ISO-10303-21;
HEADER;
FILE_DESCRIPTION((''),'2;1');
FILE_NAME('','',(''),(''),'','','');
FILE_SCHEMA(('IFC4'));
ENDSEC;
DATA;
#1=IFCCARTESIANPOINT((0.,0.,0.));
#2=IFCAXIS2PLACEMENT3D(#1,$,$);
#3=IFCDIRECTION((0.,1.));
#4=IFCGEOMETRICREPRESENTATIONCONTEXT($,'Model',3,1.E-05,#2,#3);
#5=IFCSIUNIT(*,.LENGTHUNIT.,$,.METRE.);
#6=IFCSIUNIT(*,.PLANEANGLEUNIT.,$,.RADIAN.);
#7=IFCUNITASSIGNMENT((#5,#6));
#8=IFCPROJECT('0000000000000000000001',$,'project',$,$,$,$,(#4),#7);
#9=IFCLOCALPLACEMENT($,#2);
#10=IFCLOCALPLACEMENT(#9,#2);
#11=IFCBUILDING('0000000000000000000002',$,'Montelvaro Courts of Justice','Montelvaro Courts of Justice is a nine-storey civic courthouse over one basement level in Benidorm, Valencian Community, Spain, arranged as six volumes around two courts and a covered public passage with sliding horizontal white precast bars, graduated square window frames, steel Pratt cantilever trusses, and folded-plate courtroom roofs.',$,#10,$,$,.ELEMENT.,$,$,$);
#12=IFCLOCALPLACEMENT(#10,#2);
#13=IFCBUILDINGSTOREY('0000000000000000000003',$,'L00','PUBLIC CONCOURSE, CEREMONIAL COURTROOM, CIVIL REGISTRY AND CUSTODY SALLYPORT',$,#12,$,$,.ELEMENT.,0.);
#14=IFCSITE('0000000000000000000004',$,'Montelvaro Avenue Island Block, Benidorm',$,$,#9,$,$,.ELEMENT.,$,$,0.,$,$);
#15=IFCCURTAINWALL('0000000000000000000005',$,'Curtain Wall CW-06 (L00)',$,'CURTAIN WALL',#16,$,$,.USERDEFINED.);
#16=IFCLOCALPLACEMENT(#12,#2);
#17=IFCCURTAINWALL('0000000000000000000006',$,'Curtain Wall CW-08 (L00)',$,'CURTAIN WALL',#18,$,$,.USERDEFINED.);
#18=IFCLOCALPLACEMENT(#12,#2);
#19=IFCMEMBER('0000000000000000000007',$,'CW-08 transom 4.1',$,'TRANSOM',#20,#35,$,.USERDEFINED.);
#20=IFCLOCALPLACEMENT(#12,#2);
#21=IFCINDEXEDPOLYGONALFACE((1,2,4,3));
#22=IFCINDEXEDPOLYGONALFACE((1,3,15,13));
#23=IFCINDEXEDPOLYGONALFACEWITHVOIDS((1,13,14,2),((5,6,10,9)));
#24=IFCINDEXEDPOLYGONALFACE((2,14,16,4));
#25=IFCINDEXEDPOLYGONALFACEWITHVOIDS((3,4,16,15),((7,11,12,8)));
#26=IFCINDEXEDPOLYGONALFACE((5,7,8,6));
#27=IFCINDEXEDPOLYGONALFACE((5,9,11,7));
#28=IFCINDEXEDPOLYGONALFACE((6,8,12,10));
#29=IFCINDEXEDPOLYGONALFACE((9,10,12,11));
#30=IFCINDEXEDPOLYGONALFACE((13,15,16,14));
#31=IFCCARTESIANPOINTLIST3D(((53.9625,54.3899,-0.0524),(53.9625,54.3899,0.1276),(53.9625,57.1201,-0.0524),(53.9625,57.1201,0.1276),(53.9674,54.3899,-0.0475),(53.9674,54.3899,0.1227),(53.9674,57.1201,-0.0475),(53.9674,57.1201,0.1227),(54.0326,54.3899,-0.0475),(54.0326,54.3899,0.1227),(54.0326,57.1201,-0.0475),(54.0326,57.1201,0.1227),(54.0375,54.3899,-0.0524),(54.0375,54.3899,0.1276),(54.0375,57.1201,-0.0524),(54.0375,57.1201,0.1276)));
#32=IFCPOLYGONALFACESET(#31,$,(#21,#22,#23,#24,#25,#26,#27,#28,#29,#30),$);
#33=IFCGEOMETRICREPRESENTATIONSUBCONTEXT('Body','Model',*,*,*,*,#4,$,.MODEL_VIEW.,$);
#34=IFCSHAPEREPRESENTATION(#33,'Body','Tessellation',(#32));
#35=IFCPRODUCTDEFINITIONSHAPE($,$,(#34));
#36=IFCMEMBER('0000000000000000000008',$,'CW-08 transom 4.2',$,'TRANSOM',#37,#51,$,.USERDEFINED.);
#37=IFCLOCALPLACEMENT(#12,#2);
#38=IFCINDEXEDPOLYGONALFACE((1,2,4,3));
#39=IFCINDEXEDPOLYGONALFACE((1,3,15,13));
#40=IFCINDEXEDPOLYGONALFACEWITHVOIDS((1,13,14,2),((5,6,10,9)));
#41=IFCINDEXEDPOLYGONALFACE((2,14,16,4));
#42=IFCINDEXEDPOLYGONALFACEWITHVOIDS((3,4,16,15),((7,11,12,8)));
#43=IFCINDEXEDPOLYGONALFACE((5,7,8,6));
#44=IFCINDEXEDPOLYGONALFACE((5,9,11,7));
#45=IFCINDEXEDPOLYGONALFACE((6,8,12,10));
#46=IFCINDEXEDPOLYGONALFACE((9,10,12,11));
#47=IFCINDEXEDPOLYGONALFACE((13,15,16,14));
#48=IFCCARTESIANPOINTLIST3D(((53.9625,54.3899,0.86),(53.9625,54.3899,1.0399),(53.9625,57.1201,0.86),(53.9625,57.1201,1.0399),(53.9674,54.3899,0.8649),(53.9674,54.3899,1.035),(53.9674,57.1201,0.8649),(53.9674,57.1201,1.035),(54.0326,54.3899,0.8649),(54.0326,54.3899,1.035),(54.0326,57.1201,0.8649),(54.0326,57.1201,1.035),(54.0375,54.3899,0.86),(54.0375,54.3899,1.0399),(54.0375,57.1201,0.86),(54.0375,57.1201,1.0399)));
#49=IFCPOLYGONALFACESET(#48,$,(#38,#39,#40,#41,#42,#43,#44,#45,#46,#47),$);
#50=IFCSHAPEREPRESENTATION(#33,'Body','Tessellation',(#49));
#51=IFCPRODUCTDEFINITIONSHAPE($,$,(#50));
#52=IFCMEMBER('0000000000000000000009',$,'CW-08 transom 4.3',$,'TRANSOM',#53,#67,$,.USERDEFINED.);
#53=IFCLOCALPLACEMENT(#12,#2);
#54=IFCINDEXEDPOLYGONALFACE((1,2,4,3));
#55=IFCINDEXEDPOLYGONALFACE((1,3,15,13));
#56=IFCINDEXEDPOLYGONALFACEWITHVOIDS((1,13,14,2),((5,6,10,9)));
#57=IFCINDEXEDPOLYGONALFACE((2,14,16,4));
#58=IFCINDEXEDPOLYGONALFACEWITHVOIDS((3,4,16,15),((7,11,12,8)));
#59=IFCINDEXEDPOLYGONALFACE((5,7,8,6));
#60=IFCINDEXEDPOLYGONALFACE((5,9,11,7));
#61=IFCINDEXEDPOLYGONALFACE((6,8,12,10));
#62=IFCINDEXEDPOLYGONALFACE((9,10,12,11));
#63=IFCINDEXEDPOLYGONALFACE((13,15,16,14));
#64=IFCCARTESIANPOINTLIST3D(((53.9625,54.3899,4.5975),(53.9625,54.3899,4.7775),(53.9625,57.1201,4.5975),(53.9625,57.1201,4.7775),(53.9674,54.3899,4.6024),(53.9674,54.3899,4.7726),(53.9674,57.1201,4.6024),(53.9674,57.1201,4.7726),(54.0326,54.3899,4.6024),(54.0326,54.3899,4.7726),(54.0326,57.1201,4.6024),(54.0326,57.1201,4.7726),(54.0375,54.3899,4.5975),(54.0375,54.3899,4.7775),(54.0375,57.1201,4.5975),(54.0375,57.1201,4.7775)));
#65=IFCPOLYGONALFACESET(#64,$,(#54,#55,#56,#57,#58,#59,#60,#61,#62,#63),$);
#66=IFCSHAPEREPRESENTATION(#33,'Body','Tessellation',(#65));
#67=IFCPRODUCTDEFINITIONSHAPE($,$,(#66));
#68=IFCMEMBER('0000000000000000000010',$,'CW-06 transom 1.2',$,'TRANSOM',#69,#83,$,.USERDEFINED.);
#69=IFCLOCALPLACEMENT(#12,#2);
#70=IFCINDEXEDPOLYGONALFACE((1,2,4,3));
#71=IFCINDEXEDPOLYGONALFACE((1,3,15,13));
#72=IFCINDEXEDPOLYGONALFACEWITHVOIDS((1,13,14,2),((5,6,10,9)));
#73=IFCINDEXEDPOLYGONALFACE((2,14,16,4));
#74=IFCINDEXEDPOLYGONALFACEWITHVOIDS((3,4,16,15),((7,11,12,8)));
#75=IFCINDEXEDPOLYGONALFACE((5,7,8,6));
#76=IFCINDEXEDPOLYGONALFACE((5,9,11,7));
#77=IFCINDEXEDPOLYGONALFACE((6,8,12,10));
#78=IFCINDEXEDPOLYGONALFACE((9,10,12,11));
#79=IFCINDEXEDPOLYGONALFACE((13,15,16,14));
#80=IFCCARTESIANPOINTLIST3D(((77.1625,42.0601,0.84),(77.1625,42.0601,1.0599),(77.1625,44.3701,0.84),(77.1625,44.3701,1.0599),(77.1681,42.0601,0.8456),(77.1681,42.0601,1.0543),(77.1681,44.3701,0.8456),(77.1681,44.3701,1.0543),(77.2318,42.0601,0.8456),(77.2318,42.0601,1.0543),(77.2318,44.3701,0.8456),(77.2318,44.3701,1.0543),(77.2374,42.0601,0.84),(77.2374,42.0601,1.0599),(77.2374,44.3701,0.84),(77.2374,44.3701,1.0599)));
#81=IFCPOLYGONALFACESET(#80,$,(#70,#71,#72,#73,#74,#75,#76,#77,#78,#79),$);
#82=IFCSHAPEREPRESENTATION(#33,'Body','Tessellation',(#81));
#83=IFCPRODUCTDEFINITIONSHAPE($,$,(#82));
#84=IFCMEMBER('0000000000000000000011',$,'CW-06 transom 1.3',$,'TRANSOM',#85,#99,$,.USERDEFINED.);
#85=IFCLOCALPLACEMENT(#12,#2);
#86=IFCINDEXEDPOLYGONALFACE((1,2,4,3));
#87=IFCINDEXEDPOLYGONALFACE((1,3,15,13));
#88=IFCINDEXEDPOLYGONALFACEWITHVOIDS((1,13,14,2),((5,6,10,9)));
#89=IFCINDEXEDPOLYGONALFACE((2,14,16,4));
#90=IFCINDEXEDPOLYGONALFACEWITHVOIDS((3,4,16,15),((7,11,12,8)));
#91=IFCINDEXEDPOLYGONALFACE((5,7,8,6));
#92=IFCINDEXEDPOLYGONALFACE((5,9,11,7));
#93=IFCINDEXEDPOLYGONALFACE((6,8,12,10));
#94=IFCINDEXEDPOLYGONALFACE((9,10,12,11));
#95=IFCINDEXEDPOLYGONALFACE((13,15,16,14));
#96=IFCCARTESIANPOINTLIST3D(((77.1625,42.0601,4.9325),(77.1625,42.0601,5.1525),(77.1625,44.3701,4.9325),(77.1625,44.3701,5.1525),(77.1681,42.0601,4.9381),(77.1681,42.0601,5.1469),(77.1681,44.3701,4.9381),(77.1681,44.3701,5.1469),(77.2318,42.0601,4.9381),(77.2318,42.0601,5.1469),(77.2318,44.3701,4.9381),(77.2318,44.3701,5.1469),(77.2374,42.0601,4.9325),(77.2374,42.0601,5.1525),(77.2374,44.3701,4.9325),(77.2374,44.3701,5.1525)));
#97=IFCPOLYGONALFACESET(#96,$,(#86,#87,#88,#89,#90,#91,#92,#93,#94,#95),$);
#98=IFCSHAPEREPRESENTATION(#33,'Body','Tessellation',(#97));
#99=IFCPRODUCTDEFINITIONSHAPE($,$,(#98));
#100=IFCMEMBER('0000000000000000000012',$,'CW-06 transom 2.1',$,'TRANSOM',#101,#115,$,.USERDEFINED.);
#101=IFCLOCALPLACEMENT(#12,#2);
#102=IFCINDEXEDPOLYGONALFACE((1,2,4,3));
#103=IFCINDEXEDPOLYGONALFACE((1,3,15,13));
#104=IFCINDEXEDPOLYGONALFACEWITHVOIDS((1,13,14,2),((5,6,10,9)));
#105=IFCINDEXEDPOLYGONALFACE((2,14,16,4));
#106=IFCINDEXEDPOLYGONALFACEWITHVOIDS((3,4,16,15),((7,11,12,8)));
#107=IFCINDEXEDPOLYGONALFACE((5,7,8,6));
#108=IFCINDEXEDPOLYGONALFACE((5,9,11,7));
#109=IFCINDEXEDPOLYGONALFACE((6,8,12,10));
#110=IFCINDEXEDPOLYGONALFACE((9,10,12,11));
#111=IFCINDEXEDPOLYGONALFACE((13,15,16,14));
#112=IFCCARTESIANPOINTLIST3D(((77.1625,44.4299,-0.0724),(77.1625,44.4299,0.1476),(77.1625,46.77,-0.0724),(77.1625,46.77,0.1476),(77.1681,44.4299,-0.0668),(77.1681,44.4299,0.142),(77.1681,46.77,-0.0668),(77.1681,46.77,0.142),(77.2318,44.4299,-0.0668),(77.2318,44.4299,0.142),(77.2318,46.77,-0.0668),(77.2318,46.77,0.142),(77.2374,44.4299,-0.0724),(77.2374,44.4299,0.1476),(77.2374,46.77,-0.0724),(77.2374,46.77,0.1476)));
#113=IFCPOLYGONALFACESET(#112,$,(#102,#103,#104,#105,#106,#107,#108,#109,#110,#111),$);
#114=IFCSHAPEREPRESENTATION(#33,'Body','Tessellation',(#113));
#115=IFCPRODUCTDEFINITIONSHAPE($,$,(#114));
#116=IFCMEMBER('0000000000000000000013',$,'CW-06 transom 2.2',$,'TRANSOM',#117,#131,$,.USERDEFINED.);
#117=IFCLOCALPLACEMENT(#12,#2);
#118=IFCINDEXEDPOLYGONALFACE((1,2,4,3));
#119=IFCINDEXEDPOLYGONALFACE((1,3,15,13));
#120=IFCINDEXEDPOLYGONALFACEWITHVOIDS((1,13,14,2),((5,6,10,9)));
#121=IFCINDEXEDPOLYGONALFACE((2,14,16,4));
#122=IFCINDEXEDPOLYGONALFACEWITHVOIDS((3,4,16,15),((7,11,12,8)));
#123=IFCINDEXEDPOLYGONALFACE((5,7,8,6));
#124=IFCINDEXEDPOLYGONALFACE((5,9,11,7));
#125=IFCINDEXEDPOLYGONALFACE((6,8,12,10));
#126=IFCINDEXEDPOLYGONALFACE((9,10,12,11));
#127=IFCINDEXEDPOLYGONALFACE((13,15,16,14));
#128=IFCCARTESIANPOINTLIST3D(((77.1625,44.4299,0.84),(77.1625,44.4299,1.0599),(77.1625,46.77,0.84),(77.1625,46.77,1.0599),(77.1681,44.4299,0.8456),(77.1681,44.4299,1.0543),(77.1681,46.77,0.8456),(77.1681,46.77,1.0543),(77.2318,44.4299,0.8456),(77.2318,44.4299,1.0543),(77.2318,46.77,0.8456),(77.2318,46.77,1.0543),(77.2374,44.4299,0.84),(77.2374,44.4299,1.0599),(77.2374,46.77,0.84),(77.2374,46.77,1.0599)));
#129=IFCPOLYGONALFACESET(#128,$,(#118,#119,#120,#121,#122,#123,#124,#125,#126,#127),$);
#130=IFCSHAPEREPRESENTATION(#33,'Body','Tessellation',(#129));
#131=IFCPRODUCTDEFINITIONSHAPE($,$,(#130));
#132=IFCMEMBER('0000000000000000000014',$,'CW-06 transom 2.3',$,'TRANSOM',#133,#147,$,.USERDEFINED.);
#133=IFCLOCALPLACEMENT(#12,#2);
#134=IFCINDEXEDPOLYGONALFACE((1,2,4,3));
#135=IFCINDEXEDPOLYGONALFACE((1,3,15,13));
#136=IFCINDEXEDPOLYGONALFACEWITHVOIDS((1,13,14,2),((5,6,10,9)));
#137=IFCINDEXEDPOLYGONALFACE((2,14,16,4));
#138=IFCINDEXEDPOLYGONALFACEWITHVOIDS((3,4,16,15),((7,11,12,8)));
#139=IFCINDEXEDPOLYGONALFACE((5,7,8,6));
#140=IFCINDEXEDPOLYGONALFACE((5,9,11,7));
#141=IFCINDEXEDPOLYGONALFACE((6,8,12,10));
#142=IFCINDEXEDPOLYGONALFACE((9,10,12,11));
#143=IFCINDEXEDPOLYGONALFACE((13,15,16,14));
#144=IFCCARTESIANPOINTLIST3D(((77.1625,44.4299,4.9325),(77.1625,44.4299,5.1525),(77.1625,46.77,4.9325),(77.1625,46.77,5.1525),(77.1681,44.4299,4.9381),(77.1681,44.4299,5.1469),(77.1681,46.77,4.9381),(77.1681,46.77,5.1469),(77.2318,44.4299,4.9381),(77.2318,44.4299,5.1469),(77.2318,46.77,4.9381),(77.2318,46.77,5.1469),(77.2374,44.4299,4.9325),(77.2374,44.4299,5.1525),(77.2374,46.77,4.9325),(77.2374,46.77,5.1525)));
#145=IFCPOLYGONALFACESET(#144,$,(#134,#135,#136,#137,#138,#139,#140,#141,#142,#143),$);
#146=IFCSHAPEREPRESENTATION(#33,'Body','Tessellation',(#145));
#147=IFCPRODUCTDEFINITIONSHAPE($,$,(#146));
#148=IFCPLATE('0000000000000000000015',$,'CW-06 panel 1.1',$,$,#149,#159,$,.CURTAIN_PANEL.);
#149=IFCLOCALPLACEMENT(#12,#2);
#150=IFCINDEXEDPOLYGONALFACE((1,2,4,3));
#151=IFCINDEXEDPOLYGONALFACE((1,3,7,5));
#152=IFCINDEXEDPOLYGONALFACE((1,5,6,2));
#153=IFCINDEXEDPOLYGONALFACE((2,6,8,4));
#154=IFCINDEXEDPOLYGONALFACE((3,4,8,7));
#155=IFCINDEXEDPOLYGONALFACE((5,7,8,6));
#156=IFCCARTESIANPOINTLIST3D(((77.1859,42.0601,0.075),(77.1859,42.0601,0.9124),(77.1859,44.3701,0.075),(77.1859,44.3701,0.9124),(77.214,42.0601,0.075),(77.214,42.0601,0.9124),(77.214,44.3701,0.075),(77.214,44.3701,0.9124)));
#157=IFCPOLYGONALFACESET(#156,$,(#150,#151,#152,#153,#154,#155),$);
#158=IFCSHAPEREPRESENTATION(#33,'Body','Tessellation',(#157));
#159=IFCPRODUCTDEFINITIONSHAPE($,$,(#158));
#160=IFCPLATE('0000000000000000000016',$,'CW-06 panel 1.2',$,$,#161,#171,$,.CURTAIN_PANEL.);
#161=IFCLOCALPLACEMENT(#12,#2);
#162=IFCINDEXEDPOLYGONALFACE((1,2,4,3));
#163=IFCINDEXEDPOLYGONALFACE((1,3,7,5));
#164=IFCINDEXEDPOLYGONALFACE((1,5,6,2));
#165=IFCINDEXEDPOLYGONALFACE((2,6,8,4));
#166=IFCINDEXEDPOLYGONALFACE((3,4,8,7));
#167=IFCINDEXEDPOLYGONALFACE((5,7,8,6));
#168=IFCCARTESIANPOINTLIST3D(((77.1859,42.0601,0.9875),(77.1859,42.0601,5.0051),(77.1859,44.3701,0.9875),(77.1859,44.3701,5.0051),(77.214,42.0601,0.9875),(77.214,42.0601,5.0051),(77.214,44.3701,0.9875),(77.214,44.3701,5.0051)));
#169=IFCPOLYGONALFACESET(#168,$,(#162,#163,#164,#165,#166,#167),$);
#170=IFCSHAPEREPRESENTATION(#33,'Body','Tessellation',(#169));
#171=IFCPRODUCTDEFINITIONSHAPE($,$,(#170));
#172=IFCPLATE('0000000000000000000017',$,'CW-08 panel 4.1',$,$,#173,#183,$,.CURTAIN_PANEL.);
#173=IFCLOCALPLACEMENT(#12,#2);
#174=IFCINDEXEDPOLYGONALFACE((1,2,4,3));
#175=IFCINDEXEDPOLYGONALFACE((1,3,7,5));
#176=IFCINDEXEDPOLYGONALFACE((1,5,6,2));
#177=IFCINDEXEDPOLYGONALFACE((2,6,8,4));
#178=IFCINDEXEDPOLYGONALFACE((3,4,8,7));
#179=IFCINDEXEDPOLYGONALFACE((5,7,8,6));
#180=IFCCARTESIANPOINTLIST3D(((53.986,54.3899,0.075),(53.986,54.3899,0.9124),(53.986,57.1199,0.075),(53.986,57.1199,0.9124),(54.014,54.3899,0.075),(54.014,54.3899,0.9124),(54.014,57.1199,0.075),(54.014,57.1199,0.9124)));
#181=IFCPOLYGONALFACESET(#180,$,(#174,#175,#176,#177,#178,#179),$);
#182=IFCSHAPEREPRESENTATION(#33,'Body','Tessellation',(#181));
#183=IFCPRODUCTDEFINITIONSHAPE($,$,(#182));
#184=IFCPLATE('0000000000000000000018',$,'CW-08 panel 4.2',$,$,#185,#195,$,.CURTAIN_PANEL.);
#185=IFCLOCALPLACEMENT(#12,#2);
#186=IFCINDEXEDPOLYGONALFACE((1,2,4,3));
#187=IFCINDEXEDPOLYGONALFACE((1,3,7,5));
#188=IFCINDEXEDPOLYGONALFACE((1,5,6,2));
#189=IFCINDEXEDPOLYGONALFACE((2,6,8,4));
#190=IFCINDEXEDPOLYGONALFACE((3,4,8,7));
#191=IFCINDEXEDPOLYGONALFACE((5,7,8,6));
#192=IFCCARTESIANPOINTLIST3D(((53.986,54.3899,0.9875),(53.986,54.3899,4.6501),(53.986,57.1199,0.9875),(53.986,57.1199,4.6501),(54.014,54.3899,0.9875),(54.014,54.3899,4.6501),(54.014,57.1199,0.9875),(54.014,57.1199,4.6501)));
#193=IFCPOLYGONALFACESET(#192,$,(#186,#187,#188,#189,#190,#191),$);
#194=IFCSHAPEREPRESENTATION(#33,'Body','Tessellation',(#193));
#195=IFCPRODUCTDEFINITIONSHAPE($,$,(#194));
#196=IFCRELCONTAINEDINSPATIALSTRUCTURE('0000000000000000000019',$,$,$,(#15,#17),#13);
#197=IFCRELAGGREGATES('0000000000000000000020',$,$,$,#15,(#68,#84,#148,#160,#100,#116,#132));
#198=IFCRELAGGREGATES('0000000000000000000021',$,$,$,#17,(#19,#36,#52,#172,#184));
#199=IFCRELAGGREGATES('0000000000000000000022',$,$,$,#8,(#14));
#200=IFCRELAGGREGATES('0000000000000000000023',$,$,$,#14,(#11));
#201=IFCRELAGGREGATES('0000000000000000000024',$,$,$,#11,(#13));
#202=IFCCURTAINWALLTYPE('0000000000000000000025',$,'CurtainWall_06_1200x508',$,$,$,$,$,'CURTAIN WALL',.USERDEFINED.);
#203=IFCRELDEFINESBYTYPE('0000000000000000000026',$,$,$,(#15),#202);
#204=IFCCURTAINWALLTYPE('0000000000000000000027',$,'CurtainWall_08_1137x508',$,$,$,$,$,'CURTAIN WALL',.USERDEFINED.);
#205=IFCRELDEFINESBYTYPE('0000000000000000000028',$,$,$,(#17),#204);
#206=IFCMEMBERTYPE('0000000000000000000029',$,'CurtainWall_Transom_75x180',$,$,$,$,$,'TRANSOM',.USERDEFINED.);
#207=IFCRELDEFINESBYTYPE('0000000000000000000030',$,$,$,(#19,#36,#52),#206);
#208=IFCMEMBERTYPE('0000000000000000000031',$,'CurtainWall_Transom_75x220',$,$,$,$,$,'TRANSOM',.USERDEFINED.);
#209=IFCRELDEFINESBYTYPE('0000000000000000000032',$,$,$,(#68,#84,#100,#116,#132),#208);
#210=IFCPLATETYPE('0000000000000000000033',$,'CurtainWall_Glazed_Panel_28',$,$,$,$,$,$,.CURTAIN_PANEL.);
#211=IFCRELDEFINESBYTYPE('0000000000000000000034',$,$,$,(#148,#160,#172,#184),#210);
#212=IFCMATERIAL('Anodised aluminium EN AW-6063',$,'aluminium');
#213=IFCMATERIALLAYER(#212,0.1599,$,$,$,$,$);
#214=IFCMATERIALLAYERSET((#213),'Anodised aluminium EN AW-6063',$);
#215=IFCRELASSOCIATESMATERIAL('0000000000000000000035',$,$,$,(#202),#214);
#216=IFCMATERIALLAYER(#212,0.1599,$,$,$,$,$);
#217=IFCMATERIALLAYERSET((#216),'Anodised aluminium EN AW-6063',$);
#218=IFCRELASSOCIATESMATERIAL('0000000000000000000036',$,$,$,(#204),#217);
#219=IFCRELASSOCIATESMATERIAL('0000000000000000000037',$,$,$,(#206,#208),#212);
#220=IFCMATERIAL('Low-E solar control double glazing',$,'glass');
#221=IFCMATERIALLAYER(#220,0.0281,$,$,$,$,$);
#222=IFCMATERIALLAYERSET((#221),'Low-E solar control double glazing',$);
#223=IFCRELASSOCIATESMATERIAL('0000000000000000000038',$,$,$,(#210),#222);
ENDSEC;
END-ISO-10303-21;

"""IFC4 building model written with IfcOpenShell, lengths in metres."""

from ifc_helpers import new_model, si_unit, direction, frame, origin, origin_2d, place, context, subcontext, project, spatial, rectangle, hollow_rectangle, extrude, material, layer, layer_set, material_profile, profile_set, type_object, element, aggregate, save


model = new_model("IFC4")

# Units and contexts
model_context = context("Model", 3, precision=1e-05, world=origin(), true_north=direction((0.0, 1.0)))
body_context = subcontext(model_context, "Body", "Model", "MODEL_VIEW")
ifc_project = project(units=[si_unit("LENGTHUNIT", "METRE"), si_unit("PLANEANGLEUNIT", "RADIAN")], contexts=[model_context])

# Site, building, storey
site_placement = place(None, origin())
site = spatial("IfcSite", under=ifc_project, at=site_placement, Name="Montelvaro Avenue Island Block, Benidorm", CompositionType="ELEMENT", RefElevation=0.0)
building_placement = place(site_placement, origin())
building = spatial("IfcBuilding", under=site, at=building_placement, Name="Montelvaro Courts of Justice", Description="Montelvaro Courts of Justice is a nine-storey civic courthouse over one basement level in Benidorm, Valencian Community, Spain, arranged as six volumes around two courts and a covered public passage with sliding horizontal white precast bars, graduated square window frames, steel Pratt cantilever trusses, and folded-plate courtroom roofs.", CompositionType="ELEMENT")
storey_placement = place(building_placement, origin())
storey = spatial("IfcBuildingStorey", under=building, at=storey_placement, Name="L00", Description="PUBLIC CONCOURSE, CEREMONIAL COURTROOM, CIVIL REGISTRY AND CUSTODY SALLYPORT", CompositionType="ELEMENT", Elevation=0.0)

# Curtain wall
ifc_material_1 = material(Name="Anodised aluminium EN AW-6063", Category="aluminium")
ifc_layer_1 = layer(ifc_material_1, 0.1599)
ifc_layer_set_1 = layer_set([ifc_layer_1], Name="Anodised aluminium EN AW-6063")
curtain_wall_type_1 = type_object("IfcCurtainWallType", Name="CurtainWall_06_1200x508", ElementType="CURTAIN WALL", PredefinedType="USERDEFINED", material=ifc_layer_set_1)
curtain_wall_1_placement = place(storey_placement, origin())
curtain_wall_1 = element("IfcCurtainWall", 1, at=curtain_wall_1_placement, inside=storey, type_object=curtain_wall_type_1, Name="Curtain Wall CW-06 (L00)", ObjectType="CURTAIN WALL", PredefinedType="USERDEFINED")

# Curtain wall, members
ifc_layer_2 = layer(ifc_material_1, 0.1599)
ifc_layer_set_2 = layer_set([ifc_layer_2], Name="Anodised aluminium EN AW-6063")
curtain_wall_type_2 = type_object("IfcCurtainWallType", Name="CurtainWall_08_1137x508", ElementType="CURTAIN WALL", PredefinedType="USERDEFINED", material=ifc_layer_set_2)
curtain_wall_2_placement = place(storey_placement, origin())
curtain_wall_2 = element("IfcCurtainWall", 2, at=curtain_wall_2_placement, inside=storey, type_object=curtain_wall_type_2, Name="Curtain Wall CW-08 (L00)", ObjectType="CURTAIN WALL", PredefinedType="USERDEFINED")
ifc_material_profile_1 = material_profile(ifc_material_1, hollow_rectangle(XDim=0.075, YDim=0.1799, WallThickness=0.0049, at=origin_2d()), Name="ALU-T 75x180")
ifc_profile_set_1 = profile_set([ifc_material_profile_1], Name="Anodised aluminium EN AW-6063")
member_type_1 = type_object("IfcMemberType", Name="CurtainWall_Transom_75x180", ElementType="TRANSOM", PredefinedType="USERDEFINED", material=ifc_profile_set_1)
member_1_placement = place(storey_placement, frame((54.0, 57.1201, 0.0376), z_axis=(0.0, -1.0, 0.0), x_axis=(1.0, 0.0, 0.0)))
member_1 = element("IfcMember", 3, at=member_1_placement, type_object=member_type_1, Name="CW-08 transom 4.1", ObjectType="TRANSOM", PredefinedType="USERDEFINED", context=body_context, shape_type="SweptSolid", body=[
    extrude(hollow_rectangle(XDim=0.075, YDim=0.1799, WallThickness=0.0049, at=origin_2d()), origin(), (0.0, 0.0, 1.0), 2.7302),
])
member_2_placement = place(storey_placement, frame((54.0, 57.1201, 0.95), z_axis=(0.0, -1.0, 0.0), x_axis=(1.0, 0.0, 0.0)))
member_2 = element("IfcMember", 4, at=member_2_placement, type_object=member_type_1, Name="CW-08 transom 4.2", ObjectType="TRANSOM", PredefinedType="USERDEFINED", context=body_context, shape_type="SweptSolid", body=[
    extrude(hollow_rectangle(XDim=0.075, YDim=0.1799, WallThickness=0.0049, at=origin_2d()), origin(), (0.0, 0.0, 1.0), 2.7302),
])
member_3_placement = place(storey_placement, frame((54.0, 57.1201, 4.6875), z_axis=(0.0, -1.0, 0.0), x_axis=(1.0, 0.0, 0.0)))
member_3 = element("IfcMember", 5, at=member_3_placement, type_object=member_type_1, Name="CW-08 transom 4.3", ObjectType="TRANSOM", PredefinedType="USERDEFINED", context=body_context, shape_type="SweptSolid", body=[
    extrude(hollow_rectangle(XDim=0.075, YDim=0.1799, WallThickness=0.0049, at=origin_2d()), origin(), (0.0, 0.0, 1.0), 2.7302),
])

# Members
ifc_material_profile_2 = material_profile(ifc_material_1, hollow_rectangle(XDim=0.075, YDim=0.22, WallThickness=0.0056, at=origin_2d()), Name="ALU-T 75x220")
ifc_profile_set_2 = profile_set([ifc_material_profile_2], Name="Anodised aluminium EN AW-6063")
member_type_2 = type_object("IfcMemberType", Name="CurtainWall_Transom_75x220", ElementType="TRANSOM", PredefinedType="USERDEFINED", material=ifc_profile_set_2)
member_4_placement = place(storey_placement, frame((77.2, 42.0601, 0.95), z_axis=(0.0, 1.0, 0.0), x_axis=(-1.0, 0.0, 0.0)))
member_4 = element("IfcMember", 6, at=member_4_placement, type_object=member_type_2, Name="CW-06 transom 1.2", ObjectType="TRANSOM", PredefinedType="USERDEFINED", context=body_context, shape_type="SweptSolid", body=[
    extrude(hollow_rectangle(XDim=0.075, YDim=0.22, WallThickness=0.0056, at=origin_2d()), origin(), (0.0, 0.0, 1.0), 2.3101),
])
member_5_placement = place(storey_placement, frame((77.2, 42.0601, 5.0425), z_axis=(0.0, 1.0, 0.0), x_axis=(-1.0, 0.0, 0.0)))
member_5 = element("IfcMember", 7, at=member_5_placement, type_object=member_type_2, Name="CW-06 transom 1.3", ObjectType="TRANSOM", PredefinedType="USERDEFINED", context=body_context, shape_type="SweptSolid", body=[
    extrude(hollow_rectangle(XDim=0.075, YDim=0.22, WallThickness=0.0056, at=origin_2d()), origin(), (0.0, 0.0, 1.0), 2.3101),
])
member_6_placement = place(storey_placement, frame((77.2, 44.4299, 0.0376), z_axis=(0.0, 1.0, 0.0), x_axis=(-1.0, 0.0, 0.0)))
member_6 = element("IfcMember", 8, at=member_6_placement, type_object=member_type_2, Name="CW-06 transom 2.1", ObjectType="TRANSOM", PredefinedType="USERDEFINED", context=body_context, shape_type="SweptSolid", body=[
    extrude(hollow_rectangle(XDim=0.075, YDim=0.22, WallThickness=0.0056, at=origin_2d()), origin(), (0.0, 0.0, 1.0), 2.3401),
])
member_7_placement = place(storey_placement, frame((77.2, 44.4299, 0.95), z_axis=(0.0, 1.0, 0.0), x_axis=(-1.0, 0.0, 0.0)))
member_7 = element("IfcMember", 9, at=member_7_placement, type_object=member_type_2, Name="CW-06 transom 2.2", ObjectType="TRANSOM", PredefinedType="USERDEFINED", context=body_context, shape_type="SweptSolid", body=[
    extrude(hollow_rectangle(XDim=0.075, YDim=0.22, WallThickness=0.0056, at=origin_2d()), origin(), (0.0, 0.0, 1.0), 2.3401),
])
member_8_placement = place(storey_placement, frame((77.2, 44.4299, 5.0425), z_axis=(0.0, 1.0, 0.0), x_axis=(-1.0, 0.0, 0.0)))
member_8 = element("IfcMember", 10, at=member_8_placement, type_object=member_type_2, Name="CW-06 transom 2.3", ObjectType="TRANSOM", PredefinedType="USERDEFINED", context=body_context, shape_type="SweptSolid", body=[
    extrude(hollow_rectangle(XDim=0.075, YDim=0.22, WallThickness=0.0056, at=origin_2d()), origin(), (0.0, 0.0, 1.0), 2.3401),
])

# Plates
ifc_material_2 = material(Name="Low-E solar control double glazing", Category="glass")
ifc_layer_3 = layer(ifc_material_2, 0.0281)
ifc_layer_set_3 = layer_set([ifc_layer_3], Name="Low-E solar control double glazing")
plate_type = type_object("IfcPlateType", Name="CurtainWall_Glazed_Panel_28", PredefinedType="CURTAIN_PANEL", material=ifc_layer_set_3)
plate_1_placement = place(storey_placement, frame((77.2, 43.2151, 0.075), z_axis=(0.0, 0.0, 1.0), x_axis=(0.0, 1.0, 0.0)))
plate_1 = element("IfcPlate", 11, at=plate_1_placement, type_object=plate_type, Name="CW-06 panel 1.1", PredefinedType="CURTAIN_PANEL", context=body_context, shape_type="SweptSolid", body=[
    extrude(rectangle(XDim=2.3101, YDim=0.0281, at=origin_2d()), origin(), (0.0, 0.0, 1.0), 0.8374),
])
plate_2_placement = place(storey_placement, frame((77.2, 43.2151, 0.9875), z_axis=(0.0, 0.0, 1.0), x_axis=(0.0, 1.0, 0.0)))
plate_2 = element("IfcPlate", 12, at=plate_2_placement, type_object=plate_type, Name="CW-06 panel 1.2", PredefinedType="CURTAIN_PANEL", context=body_context, shape_type="SweptSolid", body=[
    extrude(rectangle(XDim=2.3101, YDim=0.0281, at=origin_2d()), origin(), (0.0, 0.0, 1.0), 4.0176),
])
aggregate(curtain_wall_1, [member_4, member_5, plate_1, plate_2, member_6, member_7, member_8])
plate_3_placement = place(storey_placement, frame((54.0, 55.7549, 0.075), z_axis=(0.0, 0.0, 1.0), x_axis=(0.0, -1.0, 0.0)))
plate_3 = element("IfcPlate", 13, at=plate_3_placement, type_object=plate_type, Name="CW-08 panel 4.1", PredefinedType="CURTAIN_PANEL", context=body_context, shape_type="SweptSolid", body=[
    extrude(rectangle(XDim=2.73, YDim=0.0281, at=origin_2d()), origin(), (0.0, 0.0, 1.0), 0.8374),
])
plate_4_placement = place(storey_placement, frame((54.0, 55.7549, 0.9875), z_axis=(0.0, 0.0, 1.0), x_axis=(0.0, -1.0, 0.0)))
plate_4 = element("IfcPlate", 14, at=plate_4_placement, type_object=plate_type, Name="CW-08 panel 4.2", PredefinedType="CURTAIN_PANEL", context=body_context, shape_type="SweptSolid", body=[
    extrude(rectangle(XDim=2.73, YDim=0.0281, at=origin_2d()), origin(), (0.0, 0.0, 1.0), 3.6626),
])
aggregate(curtain_wall_2, [member_1, member_2, member_3, plate_3, plate_4])

save(model, "model.ifc")
